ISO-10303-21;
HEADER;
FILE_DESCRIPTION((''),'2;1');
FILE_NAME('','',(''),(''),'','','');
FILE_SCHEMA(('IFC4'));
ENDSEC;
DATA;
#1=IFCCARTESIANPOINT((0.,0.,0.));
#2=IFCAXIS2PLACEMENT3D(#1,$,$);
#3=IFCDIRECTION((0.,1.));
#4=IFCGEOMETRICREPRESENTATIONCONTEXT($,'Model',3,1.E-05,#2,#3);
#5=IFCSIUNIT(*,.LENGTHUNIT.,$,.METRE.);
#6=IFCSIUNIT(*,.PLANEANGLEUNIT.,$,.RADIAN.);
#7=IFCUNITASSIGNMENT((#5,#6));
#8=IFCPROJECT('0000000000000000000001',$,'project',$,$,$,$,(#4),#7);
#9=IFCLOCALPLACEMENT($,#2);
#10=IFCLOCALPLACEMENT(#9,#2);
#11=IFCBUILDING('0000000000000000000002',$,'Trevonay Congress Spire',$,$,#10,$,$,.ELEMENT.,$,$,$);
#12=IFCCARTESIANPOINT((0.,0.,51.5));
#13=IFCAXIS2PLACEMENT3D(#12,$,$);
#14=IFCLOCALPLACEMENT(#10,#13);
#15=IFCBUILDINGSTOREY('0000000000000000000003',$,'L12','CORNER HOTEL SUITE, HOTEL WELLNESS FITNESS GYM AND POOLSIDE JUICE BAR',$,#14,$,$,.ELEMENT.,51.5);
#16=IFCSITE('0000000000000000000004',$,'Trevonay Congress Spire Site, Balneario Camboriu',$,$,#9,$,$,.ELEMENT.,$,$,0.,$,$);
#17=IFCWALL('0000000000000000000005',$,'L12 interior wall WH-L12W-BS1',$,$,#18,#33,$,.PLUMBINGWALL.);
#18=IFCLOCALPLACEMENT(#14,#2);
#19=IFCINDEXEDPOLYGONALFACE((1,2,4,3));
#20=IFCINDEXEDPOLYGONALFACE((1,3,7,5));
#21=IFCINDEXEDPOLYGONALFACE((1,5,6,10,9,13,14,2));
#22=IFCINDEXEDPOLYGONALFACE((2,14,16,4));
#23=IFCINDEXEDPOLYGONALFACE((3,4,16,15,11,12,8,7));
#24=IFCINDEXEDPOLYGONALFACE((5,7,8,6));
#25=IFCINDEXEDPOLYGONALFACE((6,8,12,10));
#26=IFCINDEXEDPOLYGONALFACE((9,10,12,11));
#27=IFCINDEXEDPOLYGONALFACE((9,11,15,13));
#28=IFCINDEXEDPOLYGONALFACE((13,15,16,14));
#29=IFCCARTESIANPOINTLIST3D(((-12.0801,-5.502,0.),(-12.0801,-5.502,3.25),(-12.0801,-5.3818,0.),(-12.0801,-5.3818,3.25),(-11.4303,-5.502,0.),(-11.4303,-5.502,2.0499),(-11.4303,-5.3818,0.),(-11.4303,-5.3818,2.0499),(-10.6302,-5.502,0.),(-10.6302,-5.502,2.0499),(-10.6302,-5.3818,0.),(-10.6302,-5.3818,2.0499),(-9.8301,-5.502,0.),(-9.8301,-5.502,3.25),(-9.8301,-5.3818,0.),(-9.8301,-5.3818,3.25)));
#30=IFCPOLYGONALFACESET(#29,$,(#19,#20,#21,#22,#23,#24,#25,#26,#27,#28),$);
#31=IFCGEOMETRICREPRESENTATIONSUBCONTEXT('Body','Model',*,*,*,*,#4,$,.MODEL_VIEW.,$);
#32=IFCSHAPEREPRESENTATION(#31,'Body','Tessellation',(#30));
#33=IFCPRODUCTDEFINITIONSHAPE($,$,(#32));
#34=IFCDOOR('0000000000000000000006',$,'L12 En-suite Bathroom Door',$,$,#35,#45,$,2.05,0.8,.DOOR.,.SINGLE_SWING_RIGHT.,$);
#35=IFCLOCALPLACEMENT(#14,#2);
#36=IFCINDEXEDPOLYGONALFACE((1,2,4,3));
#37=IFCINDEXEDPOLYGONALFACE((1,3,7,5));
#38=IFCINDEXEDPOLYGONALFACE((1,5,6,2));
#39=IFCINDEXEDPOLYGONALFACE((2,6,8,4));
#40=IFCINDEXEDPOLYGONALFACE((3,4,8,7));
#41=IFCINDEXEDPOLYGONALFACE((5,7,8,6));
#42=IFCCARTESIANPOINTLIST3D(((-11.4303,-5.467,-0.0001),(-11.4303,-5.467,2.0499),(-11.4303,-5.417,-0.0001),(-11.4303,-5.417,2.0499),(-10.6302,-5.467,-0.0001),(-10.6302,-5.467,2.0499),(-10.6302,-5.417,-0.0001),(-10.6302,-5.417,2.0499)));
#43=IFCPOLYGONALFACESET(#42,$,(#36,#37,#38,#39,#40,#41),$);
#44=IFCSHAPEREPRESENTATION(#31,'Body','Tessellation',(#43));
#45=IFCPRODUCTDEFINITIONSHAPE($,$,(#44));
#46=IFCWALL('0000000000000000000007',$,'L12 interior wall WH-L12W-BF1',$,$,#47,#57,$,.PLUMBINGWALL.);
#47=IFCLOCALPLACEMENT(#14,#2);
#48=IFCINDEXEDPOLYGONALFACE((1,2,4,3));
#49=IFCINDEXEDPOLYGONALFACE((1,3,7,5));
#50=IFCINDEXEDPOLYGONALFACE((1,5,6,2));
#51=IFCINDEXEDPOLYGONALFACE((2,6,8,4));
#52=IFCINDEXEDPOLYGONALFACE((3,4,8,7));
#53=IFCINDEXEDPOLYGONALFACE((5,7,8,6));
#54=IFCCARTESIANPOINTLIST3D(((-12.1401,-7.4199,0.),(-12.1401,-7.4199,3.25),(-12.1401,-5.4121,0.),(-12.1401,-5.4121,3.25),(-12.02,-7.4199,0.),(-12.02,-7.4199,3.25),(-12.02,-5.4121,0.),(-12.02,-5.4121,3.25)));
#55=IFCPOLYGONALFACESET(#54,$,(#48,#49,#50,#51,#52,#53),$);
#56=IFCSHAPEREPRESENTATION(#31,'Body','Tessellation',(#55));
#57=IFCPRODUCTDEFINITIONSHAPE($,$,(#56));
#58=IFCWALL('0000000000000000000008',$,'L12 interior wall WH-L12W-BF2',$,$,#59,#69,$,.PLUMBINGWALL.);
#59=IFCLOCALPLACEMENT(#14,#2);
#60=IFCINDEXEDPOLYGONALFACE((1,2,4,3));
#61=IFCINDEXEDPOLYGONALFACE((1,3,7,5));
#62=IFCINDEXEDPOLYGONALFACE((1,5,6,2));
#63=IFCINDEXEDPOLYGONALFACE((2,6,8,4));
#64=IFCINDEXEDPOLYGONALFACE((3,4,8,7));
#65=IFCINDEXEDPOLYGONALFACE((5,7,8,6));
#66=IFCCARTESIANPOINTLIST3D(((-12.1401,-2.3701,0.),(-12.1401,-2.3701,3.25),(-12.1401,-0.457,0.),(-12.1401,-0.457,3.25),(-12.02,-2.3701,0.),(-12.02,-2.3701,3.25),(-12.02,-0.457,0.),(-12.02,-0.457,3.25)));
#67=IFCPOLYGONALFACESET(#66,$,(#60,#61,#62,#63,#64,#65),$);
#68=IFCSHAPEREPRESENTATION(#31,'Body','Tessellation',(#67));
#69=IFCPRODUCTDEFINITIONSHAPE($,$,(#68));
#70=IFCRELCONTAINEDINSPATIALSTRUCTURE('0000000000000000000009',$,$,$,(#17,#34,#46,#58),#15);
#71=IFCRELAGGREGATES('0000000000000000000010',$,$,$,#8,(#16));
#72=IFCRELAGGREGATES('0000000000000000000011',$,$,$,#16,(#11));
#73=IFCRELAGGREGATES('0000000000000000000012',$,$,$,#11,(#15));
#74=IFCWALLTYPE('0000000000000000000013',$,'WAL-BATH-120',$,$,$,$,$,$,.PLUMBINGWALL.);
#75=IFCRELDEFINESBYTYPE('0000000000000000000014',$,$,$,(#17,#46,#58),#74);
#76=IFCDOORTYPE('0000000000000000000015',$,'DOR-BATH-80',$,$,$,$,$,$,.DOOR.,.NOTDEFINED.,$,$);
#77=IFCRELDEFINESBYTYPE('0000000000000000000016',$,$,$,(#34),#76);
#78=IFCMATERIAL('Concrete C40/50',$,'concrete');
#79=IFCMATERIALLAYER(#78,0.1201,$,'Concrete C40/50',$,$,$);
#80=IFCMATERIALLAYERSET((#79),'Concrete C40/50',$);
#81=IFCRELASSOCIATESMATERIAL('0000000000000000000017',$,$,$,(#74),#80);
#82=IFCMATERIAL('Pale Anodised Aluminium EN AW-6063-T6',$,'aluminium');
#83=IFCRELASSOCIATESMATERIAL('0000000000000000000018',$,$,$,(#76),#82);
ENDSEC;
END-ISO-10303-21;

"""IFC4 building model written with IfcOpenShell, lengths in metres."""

from ifc_helpers import new_model, si_unit, direction, frame, frame_2d, origin, place, context, subcontext, project, spatial, rectangle, extrude, material, layer, layer_set, type_object, element, fill, save


model = new_model("IFC4")

# Units and contexts
model_context = context("Model", 3, precision=1e-05, world=origin(), true_north=direction((0.0, 1.0)))
body_context = subcontext(model_context, "Body", "Model", "MODEL_VIEW")
ifc_project = project(units=[si_unit("LENGTHUNIT", "METRE"), si_unit("PLANEANGLEUNIT", "RADIAN")], contexts=[model_context])

# Site, building, storey
site_placement = place(None, origin())
site = spatial("IfcSite", under=ifc_project, at=site_placement, Name="Trevonay Congress Spire Site, Balneario Camboriu", CompositionType="ELEMENT", RefElevation=0.0)
building_placement = place(site_placement, origin())
building = spatial("IfcBuilding", under=site, at=building_placement, Name="Trevonay Congress Spire", CompositionType="ELEMENT")
storey_placement = place(building_placement, frame((0.0, 0.0, 51.5)))
storey = spatial("IfcBuildingStorey", under=building, at=storey_placement, Name="L12", Description="CORNER HOTEL SUITE, HOTEL WELLNESS FITNESS GYM AND POOLSIDE JUICE BAR", CompositionType="ELEMENT", Elevation=51.5)

# Shared definitions
ifc_material_1 = material(Name="Pale Anodised Aluminium EN AW-6063-T6", Category="aluminium")

# Wall, opening, door
ifc_material_2 = material(Name="Concrete C40/50", Category="concrete")
ifc_layer_1 = layer(ifc_material_2, 0.1201, Name="Concrete C40/50")
ifc_layer_set_1 = layer_set([ifc_layer_1], Name="Concrete C40/50")
wall_type_1 = type_object("IfcWallType", Name="WAL-BATH-120", PredefinedType="PLUMBINGWALL", material=ifc_layer_set_1)
wall_1_placement = place(storey_placement, frame((-12.0801, -5.4419, 0.0), z_axis=(0.0, 0.0, 1.0), x_axis=(1.0, 0.0, 0.0)))
wall_1 = element("IfcWall", 1, at=wall_1_placement, inside=storey, type_object=wall_type_1, Name="L12 interior wall WH-L12W-BS1", PredefinedType="PLUMBINGWALL", context=body_context, shape_type="SweptSolid", body=[
    extrude(rectangle(XDim=2.25, YDim=0.1201, at=frame_2d((1.125, 0.0))), origin(), (0.0, 0.0, 1.0), 3.25),
])
opening_1_placement = place(wall_1_placement, frame((0.6499, 0.0, 0.0)))
opening_1 = element("IfcOpeningElement", 2, at=opening_1_placement, cuts=wall_1, PredefinedType="OPENING", context=body_context, shape_type="SweptSolid", body=[
    extrude(rectangle(XDim=0.8, YDim=2.05, at=frame_2d((0.3999, 1.0249))), frame((0.0, 0.0701, 0.0), z_axis=(0.0, -1.0, 0.0), x_axis=(1.0, 0.0, 0.0)), (0.0, 0.0, 1.0), 0.1401),
])
door_type_1 = type_object("IfcDoorType", Name="DOR-BATH-80", OperationType="NOTDEFINED", PredefinedType="DOOR", material=ifc_material_1)
door_1_placement = place(opening_1_placement, origin())
door_1 = element("IfcDoor", 3, at=door_1_placement, inside=storey, type_object=door_type_1, Name="L12 En-suite Bathroom Door", OperationType="SINGLE_SWING_RIGHT", OverallHeight=2.05, OverallWidth=0.8, PredefinedType="DOOR", context=body_context, shape_type="SweptSolid", body=[
    extrude(rectangle(XDim=0.8, YDim=2.05, at=frame_2d((0.3999, 1.0249))), frame((0.0, 0.0249, 0.0), z_axis=(0.0, -1.0, 0.0), x_axis=(1.0, 0.0, 0.0)), (0.0, 0.0, 1.0), 0.05),
])
fill(opening_1, door_1)

# Walls
wall_2_placement = place(storey_placement, frame((-12.0801, -7.4199, 0.0), z_axis=(0.0, 0.0, 1.0), x_axis=(0.0, 1.0, 0.0)))
element("IfcWall", 4, at=wall_2_placement, inside=storey, type_object=wall_type_1, Name="L12 interior wall WH-L12W-BF1", PredefinedType="PLUMBINGWALL", context=body_context, shape_type="SweptSolid", body=[
    extrude(rectangle(XDim=2.0078, YDim=0.1201, at=frame_2d((1.0039, 0.0))), origin(), (0.0, 0.0, 1.0), 3.25),
])
wall_3_placement = place(storey_placement, frame((-12.0801, -2.3701, 0.0), z_axis=(0.0, 0.0, 1.0), x_axis=(0.0, 1.0, 0.0)))
element("IfcWall", 5, at=wall_3_placement, inside=storey, type_object=wall_type_1, Name="L12 interior wall WH-L12W-BF2", PredefinedType="PLUMBINGWALL", context=body_context, shape_type="SweptSolid", body=[
    extrude(rectangle(XDim=1.9131, YDim=0.1201, at=frame_2d((0.9565, 0.0))), origin(), (0.0, 0.0, 1.0), 3.25),
])

save(model, "model.ifc")
